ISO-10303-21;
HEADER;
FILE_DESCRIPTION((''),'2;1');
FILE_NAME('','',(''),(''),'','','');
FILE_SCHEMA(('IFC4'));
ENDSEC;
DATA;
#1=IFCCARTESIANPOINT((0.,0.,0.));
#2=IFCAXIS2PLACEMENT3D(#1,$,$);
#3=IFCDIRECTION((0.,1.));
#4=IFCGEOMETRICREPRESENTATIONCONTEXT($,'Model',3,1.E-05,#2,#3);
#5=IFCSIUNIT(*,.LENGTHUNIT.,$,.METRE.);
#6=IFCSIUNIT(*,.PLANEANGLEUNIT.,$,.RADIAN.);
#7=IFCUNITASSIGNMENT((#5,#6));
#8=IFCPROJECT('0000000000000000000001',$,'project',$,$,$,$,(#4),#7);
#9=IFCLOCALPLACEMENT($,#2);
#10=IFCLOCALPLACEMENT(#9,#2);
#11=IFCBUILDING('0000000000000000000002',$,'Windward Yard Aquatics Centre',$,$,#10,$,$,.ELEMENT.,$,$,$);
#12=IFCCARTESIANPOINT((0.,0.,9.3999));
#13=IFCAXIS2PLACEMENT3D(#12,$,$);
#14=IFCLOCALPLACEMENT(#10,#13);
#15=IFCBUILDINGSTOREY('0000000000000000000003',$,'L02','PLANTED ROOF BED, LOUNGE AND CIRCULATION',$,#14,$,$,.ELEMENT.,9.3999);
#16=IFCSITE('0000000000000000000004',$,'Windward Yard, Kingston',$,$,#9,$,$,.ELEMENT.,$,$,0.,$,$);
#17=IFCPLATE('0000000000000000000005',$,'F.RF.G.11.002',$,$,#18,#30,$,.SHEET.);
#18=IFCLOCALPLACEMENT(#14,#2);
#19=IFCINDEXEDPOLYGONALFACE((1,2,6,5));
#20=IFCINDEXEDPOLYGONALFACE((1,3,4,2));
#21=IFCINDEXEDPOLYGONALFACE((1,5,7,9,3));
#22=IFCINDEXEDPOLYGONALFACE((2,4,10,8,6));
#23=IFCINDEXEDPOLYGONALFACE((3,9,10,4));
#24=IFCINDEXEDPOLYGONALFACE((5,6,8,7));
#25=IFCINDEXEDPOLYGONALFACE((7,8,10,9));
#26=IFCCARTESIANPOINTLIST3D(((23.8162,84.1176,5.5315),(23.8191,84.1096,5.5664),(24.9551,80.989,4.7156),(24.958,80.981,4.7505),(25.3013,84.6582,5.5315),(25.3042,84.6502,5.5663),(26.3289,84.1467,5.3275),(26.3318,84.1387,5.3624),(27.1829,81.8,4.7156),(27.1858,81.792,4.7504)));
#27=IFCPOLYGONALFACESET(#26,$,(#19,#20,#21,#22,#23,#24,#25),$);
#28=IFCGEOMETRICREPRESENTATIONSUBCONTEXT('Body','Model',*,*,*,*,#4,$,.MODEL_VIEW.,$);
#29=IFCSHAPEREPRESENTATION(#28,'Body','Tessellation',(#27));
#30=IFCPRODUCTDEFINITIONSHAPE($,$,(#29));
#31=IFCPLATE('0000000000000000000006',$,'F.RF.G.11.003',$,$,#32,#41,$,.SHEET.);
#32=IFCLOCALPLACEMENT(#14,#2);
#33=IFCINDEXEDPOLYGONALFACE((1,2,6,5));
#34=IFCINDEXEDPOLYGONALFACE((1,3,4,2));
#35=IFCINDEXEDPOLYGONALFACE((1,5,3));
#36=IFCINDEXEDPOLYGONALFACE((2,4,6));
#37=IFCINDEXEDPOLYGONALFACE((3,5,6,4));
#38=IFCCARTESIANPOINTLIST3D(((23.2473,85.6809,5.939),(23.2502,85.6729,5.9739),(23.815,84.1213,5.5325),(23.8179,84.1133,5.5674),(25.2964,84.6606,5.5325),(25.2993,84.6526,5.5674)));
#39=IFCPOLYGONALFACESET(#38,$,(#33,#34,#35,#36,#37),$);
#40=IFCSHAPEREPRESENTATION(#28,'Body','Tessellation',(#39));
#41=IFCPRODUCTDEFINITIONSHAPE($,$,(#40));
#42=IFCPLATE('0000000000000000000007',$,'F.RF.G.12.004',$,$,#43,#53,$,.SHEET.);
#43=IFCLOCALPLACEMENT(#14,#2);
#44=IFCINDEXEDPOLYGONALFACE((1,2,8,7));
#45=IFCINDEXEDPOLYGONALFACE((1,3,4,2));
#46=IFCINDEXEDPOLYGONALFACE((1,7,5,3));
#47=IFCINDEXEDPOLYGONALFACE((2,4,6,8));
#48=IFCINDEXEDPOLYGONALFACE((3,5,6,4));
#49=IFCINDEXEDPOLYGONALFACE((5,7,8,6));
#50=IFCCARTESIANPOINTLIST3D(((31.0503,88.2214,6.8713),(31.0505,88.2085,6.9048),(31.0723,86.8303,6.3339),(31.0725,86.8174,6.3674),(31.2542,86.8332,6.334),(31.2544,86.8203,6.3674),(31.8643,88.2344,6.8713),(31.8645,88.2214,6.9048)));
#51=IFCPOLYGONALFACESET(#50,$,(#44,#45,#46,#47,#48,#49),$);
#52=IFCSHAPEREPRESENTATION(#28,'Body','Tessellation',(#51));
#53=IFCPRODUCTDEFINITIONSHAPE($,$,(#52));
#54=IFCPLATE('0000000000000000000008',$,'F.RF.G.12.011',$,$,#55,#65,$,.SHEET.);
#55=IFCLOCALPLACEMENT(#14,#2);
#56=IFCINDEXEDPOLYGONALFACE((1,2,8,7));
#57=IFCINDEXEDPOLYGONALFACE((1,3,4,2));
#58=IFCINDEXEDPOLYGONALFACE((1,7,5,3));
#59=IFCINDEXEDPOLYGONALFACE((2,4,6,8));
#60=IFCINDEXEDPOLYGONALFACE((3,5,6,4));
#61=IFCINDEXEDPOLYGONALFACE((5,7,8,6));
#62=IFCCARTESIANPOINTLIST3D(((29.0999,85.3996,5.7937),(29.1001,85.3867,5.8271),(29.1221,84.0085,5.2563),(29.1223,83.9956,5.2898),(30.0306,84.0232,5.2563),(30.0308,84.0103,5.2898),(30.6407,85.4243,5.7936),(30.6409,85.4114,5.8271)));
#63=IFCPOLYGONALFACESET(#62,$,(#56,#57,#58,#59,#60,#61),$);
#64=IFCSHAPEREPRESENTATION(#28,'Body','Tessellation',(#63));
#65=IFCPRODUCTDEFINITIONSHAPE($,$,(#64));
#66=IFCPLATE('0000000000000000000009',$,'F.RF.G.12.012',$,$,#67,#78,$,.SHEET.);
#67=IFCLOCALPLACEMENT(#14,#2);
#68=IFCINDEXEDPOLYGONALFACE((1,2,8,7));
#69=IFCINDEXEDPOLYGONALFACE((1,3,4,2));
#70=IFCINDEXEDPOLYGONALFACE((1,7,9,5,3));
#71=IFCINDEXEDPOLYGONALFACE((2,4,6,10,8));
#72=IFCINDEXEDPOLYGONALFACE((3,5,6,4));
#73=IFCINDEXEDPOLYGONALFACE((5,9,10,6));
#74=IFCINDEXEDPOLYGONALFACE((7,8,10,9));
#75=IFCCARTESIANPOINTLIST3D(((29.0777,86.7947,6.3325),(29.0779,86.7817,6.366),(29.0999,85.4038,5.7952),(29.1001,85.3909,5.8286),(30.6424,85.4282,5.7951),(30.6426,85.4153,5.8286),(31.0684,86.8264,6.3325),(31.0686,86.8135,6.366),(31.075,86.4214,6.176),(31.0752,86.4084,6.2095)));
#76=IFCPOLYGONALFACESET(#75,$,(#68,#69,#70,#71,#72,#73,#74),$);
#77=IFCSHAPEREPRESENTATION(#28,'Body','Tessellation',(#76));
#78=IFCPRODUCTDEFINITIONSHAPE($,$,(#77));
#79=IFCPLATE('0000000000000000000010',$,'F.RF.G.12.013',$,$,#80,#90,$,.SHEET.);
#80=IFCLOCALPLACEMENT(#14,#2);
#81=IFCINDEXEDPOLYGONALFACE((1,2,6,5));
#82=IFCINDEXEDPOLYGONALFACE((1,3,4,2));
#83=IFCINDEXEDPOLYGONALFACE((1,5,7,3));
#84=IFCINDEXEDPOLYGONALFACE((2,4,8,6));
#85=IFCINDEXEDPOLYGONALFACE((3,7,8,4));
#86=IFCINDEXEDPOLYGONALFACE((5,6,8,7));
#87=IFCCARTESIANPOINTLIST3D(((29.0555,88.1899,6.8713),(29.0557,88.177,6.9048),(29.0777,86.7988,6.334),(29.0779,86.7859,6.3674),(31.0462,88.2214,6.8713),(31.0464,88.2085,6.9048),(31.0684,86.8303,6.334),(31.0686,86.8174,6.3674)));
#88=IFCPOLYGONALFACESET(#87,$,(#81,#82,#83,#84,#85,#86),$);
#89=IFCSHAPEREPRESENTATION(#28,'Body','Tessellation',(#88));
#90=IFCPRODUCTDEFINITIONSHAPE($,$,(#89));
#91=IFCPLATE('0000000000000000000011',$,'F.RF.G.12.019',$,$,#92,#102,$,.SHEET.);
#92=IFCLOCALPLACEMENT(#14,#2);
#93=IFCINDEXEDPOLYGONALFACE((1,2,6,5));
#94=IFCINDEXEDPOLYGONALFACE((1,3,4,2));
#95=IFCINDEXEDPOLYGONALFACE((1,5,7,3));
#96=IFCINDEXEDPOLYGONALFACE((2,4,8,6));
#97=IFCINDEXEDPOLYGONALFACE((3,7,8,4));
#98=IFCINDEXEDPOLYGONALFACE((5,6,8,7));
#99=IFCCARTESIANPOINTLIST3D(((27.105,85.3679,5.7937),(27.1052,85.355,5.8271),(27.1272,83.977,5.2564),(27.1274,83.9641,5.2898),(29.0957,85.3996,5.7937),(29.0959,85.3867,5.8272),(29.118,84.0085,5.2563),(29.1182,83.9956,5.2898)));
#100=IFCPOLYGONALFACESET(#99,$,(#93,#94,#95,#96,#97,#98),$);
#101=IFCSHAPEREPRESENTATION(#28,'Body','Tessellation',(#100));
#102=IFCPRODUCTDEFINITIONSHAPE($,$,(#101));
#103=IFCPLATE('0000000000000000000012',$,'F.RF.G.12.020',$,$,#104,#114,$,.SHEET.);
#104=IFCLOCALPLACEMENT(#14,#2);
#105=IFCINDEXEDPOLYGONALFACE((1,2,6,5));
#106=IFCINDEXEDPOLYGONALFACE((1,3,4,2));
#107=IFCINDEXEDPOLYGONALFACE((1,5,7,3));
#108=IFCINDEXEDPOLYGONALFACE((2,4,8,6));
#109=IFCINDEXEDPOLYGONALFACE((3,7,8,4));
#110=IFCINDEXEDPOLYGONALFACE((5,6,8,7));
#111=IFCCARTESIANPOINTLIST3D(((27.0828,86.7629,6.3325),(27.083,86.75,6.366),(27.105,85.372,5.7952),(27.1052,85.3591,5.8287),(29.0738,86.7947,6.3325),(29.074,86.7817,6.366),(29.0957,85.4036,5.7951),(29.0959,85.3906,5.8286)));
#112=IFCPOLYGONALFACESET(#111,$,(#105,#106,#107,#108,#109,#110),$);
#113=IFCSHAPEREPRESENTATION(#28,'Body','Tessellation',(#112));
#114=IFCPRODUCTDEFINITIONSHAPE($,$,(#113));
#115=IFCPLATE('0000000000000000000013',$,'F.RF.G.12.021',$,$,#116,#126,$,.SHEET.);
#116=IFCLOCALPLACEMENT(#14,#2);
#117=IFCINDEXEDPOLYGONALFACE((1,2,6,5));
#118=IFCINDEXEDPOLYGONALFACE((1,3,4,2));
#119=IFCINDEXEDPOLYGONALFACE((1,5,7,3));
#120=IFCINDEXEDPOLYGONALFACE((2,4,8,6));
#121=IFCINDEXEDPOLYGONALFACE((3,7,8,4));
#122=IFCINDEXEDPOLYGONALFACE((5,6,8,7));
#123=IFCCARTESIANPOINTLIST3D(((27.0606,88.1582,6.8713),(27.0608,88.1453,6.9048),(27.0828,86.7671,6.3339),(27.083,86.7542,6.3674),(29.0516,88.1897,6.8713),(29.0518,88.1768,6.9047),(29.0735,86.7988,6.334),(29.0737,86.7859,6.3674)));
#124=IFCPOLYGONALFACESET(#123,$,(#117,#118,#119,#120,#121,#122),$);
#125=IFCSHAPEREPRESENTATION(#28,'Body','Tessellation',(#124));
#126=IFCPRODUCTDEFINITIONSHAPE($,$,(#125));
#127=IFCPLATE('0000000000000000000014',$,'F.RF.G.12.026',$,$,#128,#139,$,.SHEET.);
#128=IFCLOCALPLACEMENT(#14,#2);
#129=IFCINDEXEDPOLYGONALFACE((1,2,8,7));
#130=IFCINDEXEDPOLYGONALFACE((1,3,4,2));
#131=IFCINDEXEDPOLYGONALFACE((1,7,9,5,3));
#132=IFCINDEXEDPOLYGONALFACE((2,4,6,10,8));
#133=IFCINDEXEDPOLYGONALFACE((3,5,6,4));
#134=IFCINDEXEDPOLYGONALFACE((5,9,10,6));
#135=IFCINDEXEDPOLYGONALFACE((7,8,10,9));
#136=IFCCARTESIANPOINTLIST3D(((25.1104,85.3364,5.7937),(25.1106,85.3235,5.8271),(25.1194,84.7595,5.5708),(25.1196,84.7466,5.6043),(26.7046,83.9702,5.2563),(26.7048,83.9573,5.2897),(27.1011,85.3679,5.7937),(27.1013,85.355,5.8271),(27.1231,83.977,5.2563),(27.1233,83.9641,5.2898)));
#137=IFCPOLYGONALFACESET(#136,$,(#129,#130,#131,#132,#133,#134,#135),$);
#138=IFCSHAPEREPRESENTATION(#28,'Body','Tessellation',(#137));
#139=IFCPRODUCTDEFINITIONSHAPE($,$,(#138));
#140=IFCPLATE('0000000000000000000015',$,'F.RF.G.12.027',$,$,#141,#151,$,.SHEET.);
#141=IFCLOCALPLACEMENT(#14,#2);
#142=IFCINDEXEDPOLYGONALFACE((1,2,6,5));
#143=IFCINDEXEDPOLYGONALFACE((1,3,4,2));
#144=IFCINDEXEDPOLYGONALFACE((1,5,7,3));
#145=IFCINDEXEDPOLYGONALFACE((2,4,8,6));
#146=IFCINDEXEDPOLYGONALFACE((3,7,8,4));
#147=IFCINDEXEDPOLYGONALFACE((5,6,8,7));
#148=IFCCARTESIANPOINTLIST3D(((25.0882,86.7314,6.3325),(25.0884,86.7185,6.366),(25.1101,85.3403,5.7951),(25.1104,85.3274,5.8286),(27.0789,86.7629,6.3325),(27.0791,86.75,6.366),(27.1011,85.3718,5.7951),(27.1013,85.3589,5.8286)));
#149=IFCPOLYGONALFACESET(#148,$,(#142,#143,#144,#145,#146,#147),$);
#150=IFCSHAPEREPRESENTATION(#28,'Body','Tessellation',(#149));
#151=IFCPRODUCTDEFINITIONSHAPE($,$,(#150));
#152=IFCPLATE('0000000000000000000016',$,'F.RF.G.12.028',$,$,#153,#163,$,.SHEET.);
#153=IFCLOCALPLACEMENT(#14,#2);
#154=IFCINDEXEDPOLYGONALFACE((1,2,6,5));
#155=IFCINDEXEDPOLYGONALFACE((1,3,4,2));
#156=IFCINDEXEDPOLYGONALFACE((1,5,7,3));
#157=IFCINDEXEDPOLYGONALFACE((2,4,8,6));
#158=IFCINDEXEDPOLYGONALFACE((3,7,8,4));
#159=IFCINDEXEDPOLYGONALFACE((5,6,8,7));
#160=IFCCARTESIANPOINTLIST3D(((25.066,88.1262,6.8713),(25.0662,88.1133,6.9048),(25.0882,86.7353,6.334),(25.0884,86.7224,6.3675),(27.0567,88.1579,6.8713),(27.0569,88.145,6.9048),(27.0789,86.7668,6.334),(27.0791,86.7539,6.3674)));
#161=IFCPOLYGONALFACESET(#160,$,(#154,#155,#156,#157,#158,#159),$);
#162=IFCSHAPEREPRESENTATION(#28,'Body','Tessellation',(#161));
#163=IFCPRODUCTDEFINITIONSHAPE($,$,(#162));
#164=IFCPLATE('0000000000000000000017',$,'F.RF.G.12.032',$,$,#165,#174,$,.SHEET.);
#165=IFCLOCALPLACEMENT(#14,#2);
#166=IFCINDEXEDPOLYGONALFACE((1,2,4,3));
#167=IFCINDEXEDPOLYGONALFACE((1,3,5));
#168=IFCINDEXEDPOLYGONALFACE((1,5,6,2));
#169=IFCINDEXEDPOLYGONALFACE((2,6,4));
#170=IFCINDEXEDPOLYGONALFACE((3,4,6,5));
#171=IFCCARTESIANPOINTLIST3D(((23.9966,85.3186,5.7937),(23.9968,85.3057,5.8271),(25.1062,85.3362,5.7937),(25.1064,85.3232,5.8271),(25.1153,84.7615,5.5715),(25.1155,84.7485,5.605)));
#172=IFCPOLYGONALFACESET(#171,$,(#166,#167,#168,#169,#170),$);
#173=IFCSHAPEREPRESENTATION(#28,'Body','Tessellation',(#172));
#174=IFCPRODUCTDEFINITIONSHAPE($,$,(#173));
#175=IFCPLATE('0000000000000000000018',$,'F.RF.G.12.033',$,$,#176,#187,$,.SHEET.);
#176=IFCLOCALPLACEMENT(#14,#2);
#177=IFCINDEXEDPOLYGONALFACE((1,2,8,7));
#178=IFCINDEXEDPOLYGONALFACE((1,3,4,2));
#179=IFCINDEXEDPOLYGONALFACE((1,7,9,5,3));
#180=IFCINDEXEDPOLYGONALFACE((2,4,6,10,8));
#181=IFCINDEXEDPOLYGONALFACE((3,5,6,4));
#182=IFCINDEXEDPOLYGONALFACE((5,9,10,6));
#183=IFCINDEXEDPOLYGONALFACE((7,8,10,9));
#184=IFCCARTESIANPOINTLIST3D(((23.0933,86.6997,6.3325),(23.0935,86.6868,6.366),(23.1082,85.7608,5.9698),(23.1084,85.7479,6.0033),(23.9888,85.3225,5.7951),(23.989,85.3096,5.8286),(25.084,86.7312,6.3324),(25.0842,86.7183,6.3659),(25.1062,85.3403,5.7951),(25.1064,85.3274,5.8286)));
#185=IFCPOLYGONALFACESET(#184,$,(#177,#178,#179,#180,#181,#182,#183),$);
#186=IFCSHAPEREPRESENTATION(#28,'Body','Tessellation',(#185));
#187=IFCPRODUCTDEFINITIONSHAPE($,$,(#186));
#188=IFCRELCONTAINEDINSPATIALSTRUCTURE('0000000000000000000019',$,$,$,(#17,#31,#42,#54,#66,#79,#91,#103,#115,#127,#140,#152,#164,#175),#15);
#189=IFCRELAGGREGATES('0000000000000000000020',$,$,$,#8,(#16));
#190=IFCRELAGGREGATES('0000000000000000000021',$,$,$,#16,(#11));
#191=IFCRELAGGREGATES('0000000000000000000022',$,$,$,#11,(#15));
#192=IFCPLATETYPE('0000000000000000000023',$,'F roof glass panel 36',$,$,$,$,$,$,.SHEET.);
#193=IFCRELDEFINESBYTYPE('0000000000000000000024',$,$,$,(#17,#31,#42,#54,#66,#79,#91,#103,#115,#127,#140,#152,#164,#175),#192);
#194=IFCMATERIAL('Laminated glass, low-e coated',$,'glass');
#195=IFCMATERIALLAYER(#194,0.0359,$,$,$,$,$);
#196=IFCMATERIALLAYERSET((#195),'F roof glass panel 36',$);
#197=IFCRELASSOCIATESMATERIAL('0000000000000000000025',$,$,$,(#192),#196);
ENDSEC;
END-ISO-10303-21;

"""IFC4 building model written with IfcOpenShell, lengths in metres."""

from ifc_helpers import new_model, si_unit, direction, frame, origin, place, context, subcontext, project, spatial, polyline, outline, extrude, material, layer, layer_set, type_object, element, save


model = new_model("IFC4")

# Units and contexts
model_context = context("Model", 3, precision=1e-05, world=origin(), true_north=direction((0.0, 1.0)))
body_context = subcontext(model_context, "Body", "Model", "MODEL_VIEW")
ifc_project = project(units=[si_unit("LENGTHUNIT", "METRE"), si_unit("PLANEANGLEUNIT", "RADIAN")], contexts=[model_context])

# Site, building, storey
site_placement = place(None, origin())
site = spatial("IfcSite", under=ifc_project, at=site_placement, Name="Windward Yard, Kingston", CompositionType="ELEMENT", RefElevation=0.0)
building_placement = place(site_placement, origin())
building = spatial("IfcBuilding", under=site, at=building_placement, Name="Windward Yard Aquatics Centre", CompositionType="ELEMENT")
storey_placement = place(building_placement, frame((0.0, 0.0, 9.3999)))
storey = spatial("IfcBuildingStorey", under=building, at=storey_placement, Name="L02", Description="PLANTED ROOF BED, LOUNGE AND CIRCULATION", CompositionType="ELEMENT", Elevation=9.3999)

# Plates
ifc_material_1 = material(Name="Laminated glass, low-e coated", Category="glass")
ifc_layer_1 = layer(ifc_material_1, 0.0359)
ifc_layer_set_1 = layer_set([ifc_layer_1], Name="F roof glass panel 36")
plate_type = type_object("IfcPlateType", Name="F roof glass panel 36", PredefinedType="SHEET", material=ifc_layer_set_1)
plate_1_placement = place(storey_placement, frame((23.8191, 84.1096, 5.5664), z_axis=(0.08145, -0.223641, 0.971262), x_axis=(0.93969, 0.342027, -0.000048)))
element("IfcPlate", 1, at=plate_1_placement, inside=storey, type_object=plate_type, Name="F.RF.G.11.002", PredefinedType="SHEET", context=body_context, shape_type="SweptSolid", body=[
    extrude(outline(polyline([(0.0, 0.0), (1.5804, 0.0), (2.3711, -0.8567), (2.371, -3.4278), (0.0002, -3.428), (0.0, 0.0)])), origin(), (0.0, 0.0, -1.0), 0.0359),
])
plate_2_placement = place(storey_placement, frame((23.2502, 85.6729, 5.9739), z_axis=(0.081379, -0.223543, 0.971291), x_axis=(0.881383, -0.438854, -0.174848)))
element("IfcPlate", 2, at=plate_2_placement, inside=storey, type_object=plate_type, Name="F.RF.G.11.003", PredefinedType="SHEET", context=body_context, shape_type="SweptSolid", body=[
    extrude(outline(polyline([(0.0, 0.0), (2.3248, 0.0), (1.2558, -1.1587), (0.0, 0.0)])), origin(), (0.0, 0.0, -1.0), 0.0359),
])
plate_3_placement = place(storey_placement, frame((31.0505, 88.2085, 6.9048), z_axis=(0.005741, -0.36025, 0.932838), x_axis=(0.999874, 0.0159, -0.000013)))
element("IfcPlate", 3, at=plate_3_placement, inside=storey, type_object=plate_type, Name="F.RF.G.12.004", PredefinedType="SHEET", context=body_context, shape_type="SweptSolid", body=[
    extrude(outline(polyline([(0.0, 0.0), (0.8141, 0.0), (0.1818, -1.4914), (-0.0001, -1.4915), (0.0, 0.0)])), origin(), (0.0, 0.0, -1.0), 0.0359),
])
plate_4_placement = place(storey_placement, frame((29.1001, 85.3867, 5.8271), z_axis=(0.005782, -0.360257, 0.932835), x_axis=(0.999872, 0.016008, -0.000015)))
element("IfcPlate", 4, at=plate_4_placement, inside=storey, type_object=plate_type, Name="F.RF.G.12.011", PredefinedType="SHEET", context=body_context, shape_type="SweptSolid", body=[
    extrude(outline(polyline([(0.0, 0.0), (1.541, 0.0), (0.9085, -1.4914), (0.0, -1.4915), (0.0, 0.0)])), origin(), (0.0, 0.0, -1.0), 0.0359),
])
plate_5_placement = place(storey_placement, frame((29.0779, 86.7817, 6.366), z_axis=(0.005735, -0.360277, 0.932828), x_axis=(0.999873, 0.015938, 0.000009)))
element("IfcPlate", 5, at=plate_5_placement, inside=storey, type_object=plate_type, Name="F.RF.G.12.012", PredefinedType="SHEET", context=body_context, shape_type="SweptSolid", body=[
    extrude(outline(polyline([(0.0, 0.0), (1.991, 0.0), (1.9911, -0.4343), (1.5427, -1.4914), (0.0, -1.4912), (0.0, 0.0)])), origin(), (0.0, 0.0, -1.0), 0.0359),
])
plate_6_placement = place(storey_placement, frame((29.0557, 88.177, 6.9048), z_axis=(0.005699, -0.360243, 0.932841), x_axis=(0.999875, 0.015818, 0.0)))
element("IfcPlate", 6, at=plate_6_placement, inside=storey, type_object=plate_type, Name="F.RF.G.12.013", PredefinedType="SHEET", context=body_context, shape_type="SweptSolid", body=[
    extrude(outline(polyline([(0.0, 0.0), (1.991, 0.0), (1.9912, -1.4915), (0.0002, -1.4915), (0.0, 0.0)])), origin(), (0.0, 0.0, -1.0), 0.0359),
])
plate_7_placement = place(storey_placement, frame((27.1052, 85.355, 5.8271), z_axis=(0.005722, -0.36027, 0.93283), x_axis=(0.999873, 0.015933, 0.000021)))
element("IfcPlate", 7, at=plate_7_placement, inside=storey, type_object=plate_type, Name="F.RF.G.12.019", PredefinedType="SHEET", context=body_context, shape_type="SweptSolid", body=[
    extrude(outline(polyline([(0.0, 0.0), (1.991, 0.0), (1.991, -1.4915), (0.0, -1.4912), (0.0, 0.0)])), origin(), (0.0, 0.0, -1.0), 0.0359),
])
plate_8_placement = place(storey_placement, frame((27.083, 86.75, 6.366), z_axis=(0.005721, -0.360271, 0.93283), x_axis=(0.999873, 0.015931, 0.00002)))
element("IfcPlate", 8, at=plate_8_placement, inside=storey, type_object=plate_type, Name="F.RF.G.12.020", PredefinedType="SHEET", context=body_context, shape_type="SweptSolid", body=[
    extrude(outline(polyline([(0.0, 0.0), (1.9912, 0.0), (1.991, -1.4915), (0.0, -1.4912), (0.0, 0.0)])), origin(), (0.0, 0.0, -1.0), 0.0359),
])
plate_9_placement = place(storey_placement, frame((27.0608, 88.1453, 6.9048), z_axis=(0.005721, -0.360271, 0.93283), x_axis=(0.999875, 0.015825, -0.000021)))
element("IfcPlate", 9, at=plate_9_placement, inside=storey, type_object=plate_type, Name="F.RF.G.12.021", PredefinedType="SHEET", context=body_context, shape_type="SweptSolid", body=[
    extrude(outline(polyline([(0.0, 0.0), (1.9912, 0.0), (1.9912, -1.4912), (0.0002, -1.4915), (0.0, 0.0)])), origin(), (0.0, 0.0, -1.0), 0.0359),
])
plate_10_placement = place(storey_placement, frame((25.1106, 85.3235, 5.8271), z_axis=(0.005709, -0.360272, 0.93283), x_axis=(0.999875, 0.015822, -0.000009)))
element("IfcPlate", 10, at=plate_10_placement, inside=storey, type_object=plate_type, Name="F.RF.G.12.026", PredefinedType="SHEET", context=body_context, shape_type="SweptSolid", body=[
    extrude(outline(polyline([(0.0, 0.0), (1.991, 0.0), (1.9909, -1.4912), (1.5724, -1.4914), (-0.0001, -0.6185), (0.0, 0.0)])), origin(), (0.0, 0.0, -1.0), 0.0359),
])
plate_11_placement = place(storey_placement, frame((25.0884, 86.7185, 6.366), z_axis=(0.005699, -0.360243, 0.932841), x_axis=(0.999875, 0.015818, 0.0)))
element("IfcPlate", 11, at=plate_11_placement, inside=storey, type_object=plate_type, Name="F.RF.G.12.027", PredefinedType="SHEET", context=body_context, shape_type="SweptSolid", body=[
    extrude(outline(polyline([(0.0, 0.0), (1.991, 0.0), (1.9912, -1.4915), (0.0, -1.4915), (0.0, 0.0)])), origin(), (0.0, 0.0, -1.0), 0.0359),
])
plate_12_placement = place(storey_placement, frame((25.0662, 88.1133, 6.9048), z_axis=(0.005722, -0.36027, 0.93283), x_axis=(0.999873, 0.015933, 0.000021)))
element("IfcPlate", 12, at=plate_12_placement, inside=storey, type_object=plate_type, Name="F.RF.G.12.028", PredefinedType="SHEET", context=body_context, shape_type="SweptSolid", body=[
    extrude(outline(polyline([(0.0, 0.0), (1.991, 0.0), (1.991, -1.4915), (0.0, -1.4912), (0.0, 0.0)])), origin(), (0.0, 0.0, -1.0), 0.0359),
])
plate_13_placement = place(storey_placement, frame((23.9968, 85.3057, 5.8271), z_axis=(0.005711, -0.360488, 0.932746), x_axis=(0.999875, 0.01584, 0.0)))
element("IfcPlate", 13, at=plate_13_placement, inside=storey, type_object=plate_type, Name="F.RF.G.12.032", PredefinedType="SHEET", context=body_context, shape_type="SweptSolid", body=[
    extrude(outline(polyline([(0.0, 0.0), (1.1098, 0.0), (1.1097, -0.6162), (0.0, 0.0)])), origin(), (0.0, 0.0, -1.0), 0.0359),
])
plate_14_placement = place(storey_placement, frame((23.0935, 86.6868, 6.366), z_axis=(0.005758, -0.36025, 0.932838), x_axis=(0.999875, 0.01584, -0.000055)))
element("IfcPlate", 14, at=plate_14_placement, inside=storey, type_object=plate_type, Name="F.RF.G.12.033", PredefinedType="SHEET", context=body_context, shape_type="SweptSolid", body=[
    extrude(outline(polyline([(0.0, 0.0), (1.991, 0.0), (1.9912, -1.4912), (0.8736, -1.4914), (0.0, -1.0066), (0.0, 0.0)])), origin(), (0.0, 0.0, -1.0), 0.0359),
])

save(model, "model.ifc")
